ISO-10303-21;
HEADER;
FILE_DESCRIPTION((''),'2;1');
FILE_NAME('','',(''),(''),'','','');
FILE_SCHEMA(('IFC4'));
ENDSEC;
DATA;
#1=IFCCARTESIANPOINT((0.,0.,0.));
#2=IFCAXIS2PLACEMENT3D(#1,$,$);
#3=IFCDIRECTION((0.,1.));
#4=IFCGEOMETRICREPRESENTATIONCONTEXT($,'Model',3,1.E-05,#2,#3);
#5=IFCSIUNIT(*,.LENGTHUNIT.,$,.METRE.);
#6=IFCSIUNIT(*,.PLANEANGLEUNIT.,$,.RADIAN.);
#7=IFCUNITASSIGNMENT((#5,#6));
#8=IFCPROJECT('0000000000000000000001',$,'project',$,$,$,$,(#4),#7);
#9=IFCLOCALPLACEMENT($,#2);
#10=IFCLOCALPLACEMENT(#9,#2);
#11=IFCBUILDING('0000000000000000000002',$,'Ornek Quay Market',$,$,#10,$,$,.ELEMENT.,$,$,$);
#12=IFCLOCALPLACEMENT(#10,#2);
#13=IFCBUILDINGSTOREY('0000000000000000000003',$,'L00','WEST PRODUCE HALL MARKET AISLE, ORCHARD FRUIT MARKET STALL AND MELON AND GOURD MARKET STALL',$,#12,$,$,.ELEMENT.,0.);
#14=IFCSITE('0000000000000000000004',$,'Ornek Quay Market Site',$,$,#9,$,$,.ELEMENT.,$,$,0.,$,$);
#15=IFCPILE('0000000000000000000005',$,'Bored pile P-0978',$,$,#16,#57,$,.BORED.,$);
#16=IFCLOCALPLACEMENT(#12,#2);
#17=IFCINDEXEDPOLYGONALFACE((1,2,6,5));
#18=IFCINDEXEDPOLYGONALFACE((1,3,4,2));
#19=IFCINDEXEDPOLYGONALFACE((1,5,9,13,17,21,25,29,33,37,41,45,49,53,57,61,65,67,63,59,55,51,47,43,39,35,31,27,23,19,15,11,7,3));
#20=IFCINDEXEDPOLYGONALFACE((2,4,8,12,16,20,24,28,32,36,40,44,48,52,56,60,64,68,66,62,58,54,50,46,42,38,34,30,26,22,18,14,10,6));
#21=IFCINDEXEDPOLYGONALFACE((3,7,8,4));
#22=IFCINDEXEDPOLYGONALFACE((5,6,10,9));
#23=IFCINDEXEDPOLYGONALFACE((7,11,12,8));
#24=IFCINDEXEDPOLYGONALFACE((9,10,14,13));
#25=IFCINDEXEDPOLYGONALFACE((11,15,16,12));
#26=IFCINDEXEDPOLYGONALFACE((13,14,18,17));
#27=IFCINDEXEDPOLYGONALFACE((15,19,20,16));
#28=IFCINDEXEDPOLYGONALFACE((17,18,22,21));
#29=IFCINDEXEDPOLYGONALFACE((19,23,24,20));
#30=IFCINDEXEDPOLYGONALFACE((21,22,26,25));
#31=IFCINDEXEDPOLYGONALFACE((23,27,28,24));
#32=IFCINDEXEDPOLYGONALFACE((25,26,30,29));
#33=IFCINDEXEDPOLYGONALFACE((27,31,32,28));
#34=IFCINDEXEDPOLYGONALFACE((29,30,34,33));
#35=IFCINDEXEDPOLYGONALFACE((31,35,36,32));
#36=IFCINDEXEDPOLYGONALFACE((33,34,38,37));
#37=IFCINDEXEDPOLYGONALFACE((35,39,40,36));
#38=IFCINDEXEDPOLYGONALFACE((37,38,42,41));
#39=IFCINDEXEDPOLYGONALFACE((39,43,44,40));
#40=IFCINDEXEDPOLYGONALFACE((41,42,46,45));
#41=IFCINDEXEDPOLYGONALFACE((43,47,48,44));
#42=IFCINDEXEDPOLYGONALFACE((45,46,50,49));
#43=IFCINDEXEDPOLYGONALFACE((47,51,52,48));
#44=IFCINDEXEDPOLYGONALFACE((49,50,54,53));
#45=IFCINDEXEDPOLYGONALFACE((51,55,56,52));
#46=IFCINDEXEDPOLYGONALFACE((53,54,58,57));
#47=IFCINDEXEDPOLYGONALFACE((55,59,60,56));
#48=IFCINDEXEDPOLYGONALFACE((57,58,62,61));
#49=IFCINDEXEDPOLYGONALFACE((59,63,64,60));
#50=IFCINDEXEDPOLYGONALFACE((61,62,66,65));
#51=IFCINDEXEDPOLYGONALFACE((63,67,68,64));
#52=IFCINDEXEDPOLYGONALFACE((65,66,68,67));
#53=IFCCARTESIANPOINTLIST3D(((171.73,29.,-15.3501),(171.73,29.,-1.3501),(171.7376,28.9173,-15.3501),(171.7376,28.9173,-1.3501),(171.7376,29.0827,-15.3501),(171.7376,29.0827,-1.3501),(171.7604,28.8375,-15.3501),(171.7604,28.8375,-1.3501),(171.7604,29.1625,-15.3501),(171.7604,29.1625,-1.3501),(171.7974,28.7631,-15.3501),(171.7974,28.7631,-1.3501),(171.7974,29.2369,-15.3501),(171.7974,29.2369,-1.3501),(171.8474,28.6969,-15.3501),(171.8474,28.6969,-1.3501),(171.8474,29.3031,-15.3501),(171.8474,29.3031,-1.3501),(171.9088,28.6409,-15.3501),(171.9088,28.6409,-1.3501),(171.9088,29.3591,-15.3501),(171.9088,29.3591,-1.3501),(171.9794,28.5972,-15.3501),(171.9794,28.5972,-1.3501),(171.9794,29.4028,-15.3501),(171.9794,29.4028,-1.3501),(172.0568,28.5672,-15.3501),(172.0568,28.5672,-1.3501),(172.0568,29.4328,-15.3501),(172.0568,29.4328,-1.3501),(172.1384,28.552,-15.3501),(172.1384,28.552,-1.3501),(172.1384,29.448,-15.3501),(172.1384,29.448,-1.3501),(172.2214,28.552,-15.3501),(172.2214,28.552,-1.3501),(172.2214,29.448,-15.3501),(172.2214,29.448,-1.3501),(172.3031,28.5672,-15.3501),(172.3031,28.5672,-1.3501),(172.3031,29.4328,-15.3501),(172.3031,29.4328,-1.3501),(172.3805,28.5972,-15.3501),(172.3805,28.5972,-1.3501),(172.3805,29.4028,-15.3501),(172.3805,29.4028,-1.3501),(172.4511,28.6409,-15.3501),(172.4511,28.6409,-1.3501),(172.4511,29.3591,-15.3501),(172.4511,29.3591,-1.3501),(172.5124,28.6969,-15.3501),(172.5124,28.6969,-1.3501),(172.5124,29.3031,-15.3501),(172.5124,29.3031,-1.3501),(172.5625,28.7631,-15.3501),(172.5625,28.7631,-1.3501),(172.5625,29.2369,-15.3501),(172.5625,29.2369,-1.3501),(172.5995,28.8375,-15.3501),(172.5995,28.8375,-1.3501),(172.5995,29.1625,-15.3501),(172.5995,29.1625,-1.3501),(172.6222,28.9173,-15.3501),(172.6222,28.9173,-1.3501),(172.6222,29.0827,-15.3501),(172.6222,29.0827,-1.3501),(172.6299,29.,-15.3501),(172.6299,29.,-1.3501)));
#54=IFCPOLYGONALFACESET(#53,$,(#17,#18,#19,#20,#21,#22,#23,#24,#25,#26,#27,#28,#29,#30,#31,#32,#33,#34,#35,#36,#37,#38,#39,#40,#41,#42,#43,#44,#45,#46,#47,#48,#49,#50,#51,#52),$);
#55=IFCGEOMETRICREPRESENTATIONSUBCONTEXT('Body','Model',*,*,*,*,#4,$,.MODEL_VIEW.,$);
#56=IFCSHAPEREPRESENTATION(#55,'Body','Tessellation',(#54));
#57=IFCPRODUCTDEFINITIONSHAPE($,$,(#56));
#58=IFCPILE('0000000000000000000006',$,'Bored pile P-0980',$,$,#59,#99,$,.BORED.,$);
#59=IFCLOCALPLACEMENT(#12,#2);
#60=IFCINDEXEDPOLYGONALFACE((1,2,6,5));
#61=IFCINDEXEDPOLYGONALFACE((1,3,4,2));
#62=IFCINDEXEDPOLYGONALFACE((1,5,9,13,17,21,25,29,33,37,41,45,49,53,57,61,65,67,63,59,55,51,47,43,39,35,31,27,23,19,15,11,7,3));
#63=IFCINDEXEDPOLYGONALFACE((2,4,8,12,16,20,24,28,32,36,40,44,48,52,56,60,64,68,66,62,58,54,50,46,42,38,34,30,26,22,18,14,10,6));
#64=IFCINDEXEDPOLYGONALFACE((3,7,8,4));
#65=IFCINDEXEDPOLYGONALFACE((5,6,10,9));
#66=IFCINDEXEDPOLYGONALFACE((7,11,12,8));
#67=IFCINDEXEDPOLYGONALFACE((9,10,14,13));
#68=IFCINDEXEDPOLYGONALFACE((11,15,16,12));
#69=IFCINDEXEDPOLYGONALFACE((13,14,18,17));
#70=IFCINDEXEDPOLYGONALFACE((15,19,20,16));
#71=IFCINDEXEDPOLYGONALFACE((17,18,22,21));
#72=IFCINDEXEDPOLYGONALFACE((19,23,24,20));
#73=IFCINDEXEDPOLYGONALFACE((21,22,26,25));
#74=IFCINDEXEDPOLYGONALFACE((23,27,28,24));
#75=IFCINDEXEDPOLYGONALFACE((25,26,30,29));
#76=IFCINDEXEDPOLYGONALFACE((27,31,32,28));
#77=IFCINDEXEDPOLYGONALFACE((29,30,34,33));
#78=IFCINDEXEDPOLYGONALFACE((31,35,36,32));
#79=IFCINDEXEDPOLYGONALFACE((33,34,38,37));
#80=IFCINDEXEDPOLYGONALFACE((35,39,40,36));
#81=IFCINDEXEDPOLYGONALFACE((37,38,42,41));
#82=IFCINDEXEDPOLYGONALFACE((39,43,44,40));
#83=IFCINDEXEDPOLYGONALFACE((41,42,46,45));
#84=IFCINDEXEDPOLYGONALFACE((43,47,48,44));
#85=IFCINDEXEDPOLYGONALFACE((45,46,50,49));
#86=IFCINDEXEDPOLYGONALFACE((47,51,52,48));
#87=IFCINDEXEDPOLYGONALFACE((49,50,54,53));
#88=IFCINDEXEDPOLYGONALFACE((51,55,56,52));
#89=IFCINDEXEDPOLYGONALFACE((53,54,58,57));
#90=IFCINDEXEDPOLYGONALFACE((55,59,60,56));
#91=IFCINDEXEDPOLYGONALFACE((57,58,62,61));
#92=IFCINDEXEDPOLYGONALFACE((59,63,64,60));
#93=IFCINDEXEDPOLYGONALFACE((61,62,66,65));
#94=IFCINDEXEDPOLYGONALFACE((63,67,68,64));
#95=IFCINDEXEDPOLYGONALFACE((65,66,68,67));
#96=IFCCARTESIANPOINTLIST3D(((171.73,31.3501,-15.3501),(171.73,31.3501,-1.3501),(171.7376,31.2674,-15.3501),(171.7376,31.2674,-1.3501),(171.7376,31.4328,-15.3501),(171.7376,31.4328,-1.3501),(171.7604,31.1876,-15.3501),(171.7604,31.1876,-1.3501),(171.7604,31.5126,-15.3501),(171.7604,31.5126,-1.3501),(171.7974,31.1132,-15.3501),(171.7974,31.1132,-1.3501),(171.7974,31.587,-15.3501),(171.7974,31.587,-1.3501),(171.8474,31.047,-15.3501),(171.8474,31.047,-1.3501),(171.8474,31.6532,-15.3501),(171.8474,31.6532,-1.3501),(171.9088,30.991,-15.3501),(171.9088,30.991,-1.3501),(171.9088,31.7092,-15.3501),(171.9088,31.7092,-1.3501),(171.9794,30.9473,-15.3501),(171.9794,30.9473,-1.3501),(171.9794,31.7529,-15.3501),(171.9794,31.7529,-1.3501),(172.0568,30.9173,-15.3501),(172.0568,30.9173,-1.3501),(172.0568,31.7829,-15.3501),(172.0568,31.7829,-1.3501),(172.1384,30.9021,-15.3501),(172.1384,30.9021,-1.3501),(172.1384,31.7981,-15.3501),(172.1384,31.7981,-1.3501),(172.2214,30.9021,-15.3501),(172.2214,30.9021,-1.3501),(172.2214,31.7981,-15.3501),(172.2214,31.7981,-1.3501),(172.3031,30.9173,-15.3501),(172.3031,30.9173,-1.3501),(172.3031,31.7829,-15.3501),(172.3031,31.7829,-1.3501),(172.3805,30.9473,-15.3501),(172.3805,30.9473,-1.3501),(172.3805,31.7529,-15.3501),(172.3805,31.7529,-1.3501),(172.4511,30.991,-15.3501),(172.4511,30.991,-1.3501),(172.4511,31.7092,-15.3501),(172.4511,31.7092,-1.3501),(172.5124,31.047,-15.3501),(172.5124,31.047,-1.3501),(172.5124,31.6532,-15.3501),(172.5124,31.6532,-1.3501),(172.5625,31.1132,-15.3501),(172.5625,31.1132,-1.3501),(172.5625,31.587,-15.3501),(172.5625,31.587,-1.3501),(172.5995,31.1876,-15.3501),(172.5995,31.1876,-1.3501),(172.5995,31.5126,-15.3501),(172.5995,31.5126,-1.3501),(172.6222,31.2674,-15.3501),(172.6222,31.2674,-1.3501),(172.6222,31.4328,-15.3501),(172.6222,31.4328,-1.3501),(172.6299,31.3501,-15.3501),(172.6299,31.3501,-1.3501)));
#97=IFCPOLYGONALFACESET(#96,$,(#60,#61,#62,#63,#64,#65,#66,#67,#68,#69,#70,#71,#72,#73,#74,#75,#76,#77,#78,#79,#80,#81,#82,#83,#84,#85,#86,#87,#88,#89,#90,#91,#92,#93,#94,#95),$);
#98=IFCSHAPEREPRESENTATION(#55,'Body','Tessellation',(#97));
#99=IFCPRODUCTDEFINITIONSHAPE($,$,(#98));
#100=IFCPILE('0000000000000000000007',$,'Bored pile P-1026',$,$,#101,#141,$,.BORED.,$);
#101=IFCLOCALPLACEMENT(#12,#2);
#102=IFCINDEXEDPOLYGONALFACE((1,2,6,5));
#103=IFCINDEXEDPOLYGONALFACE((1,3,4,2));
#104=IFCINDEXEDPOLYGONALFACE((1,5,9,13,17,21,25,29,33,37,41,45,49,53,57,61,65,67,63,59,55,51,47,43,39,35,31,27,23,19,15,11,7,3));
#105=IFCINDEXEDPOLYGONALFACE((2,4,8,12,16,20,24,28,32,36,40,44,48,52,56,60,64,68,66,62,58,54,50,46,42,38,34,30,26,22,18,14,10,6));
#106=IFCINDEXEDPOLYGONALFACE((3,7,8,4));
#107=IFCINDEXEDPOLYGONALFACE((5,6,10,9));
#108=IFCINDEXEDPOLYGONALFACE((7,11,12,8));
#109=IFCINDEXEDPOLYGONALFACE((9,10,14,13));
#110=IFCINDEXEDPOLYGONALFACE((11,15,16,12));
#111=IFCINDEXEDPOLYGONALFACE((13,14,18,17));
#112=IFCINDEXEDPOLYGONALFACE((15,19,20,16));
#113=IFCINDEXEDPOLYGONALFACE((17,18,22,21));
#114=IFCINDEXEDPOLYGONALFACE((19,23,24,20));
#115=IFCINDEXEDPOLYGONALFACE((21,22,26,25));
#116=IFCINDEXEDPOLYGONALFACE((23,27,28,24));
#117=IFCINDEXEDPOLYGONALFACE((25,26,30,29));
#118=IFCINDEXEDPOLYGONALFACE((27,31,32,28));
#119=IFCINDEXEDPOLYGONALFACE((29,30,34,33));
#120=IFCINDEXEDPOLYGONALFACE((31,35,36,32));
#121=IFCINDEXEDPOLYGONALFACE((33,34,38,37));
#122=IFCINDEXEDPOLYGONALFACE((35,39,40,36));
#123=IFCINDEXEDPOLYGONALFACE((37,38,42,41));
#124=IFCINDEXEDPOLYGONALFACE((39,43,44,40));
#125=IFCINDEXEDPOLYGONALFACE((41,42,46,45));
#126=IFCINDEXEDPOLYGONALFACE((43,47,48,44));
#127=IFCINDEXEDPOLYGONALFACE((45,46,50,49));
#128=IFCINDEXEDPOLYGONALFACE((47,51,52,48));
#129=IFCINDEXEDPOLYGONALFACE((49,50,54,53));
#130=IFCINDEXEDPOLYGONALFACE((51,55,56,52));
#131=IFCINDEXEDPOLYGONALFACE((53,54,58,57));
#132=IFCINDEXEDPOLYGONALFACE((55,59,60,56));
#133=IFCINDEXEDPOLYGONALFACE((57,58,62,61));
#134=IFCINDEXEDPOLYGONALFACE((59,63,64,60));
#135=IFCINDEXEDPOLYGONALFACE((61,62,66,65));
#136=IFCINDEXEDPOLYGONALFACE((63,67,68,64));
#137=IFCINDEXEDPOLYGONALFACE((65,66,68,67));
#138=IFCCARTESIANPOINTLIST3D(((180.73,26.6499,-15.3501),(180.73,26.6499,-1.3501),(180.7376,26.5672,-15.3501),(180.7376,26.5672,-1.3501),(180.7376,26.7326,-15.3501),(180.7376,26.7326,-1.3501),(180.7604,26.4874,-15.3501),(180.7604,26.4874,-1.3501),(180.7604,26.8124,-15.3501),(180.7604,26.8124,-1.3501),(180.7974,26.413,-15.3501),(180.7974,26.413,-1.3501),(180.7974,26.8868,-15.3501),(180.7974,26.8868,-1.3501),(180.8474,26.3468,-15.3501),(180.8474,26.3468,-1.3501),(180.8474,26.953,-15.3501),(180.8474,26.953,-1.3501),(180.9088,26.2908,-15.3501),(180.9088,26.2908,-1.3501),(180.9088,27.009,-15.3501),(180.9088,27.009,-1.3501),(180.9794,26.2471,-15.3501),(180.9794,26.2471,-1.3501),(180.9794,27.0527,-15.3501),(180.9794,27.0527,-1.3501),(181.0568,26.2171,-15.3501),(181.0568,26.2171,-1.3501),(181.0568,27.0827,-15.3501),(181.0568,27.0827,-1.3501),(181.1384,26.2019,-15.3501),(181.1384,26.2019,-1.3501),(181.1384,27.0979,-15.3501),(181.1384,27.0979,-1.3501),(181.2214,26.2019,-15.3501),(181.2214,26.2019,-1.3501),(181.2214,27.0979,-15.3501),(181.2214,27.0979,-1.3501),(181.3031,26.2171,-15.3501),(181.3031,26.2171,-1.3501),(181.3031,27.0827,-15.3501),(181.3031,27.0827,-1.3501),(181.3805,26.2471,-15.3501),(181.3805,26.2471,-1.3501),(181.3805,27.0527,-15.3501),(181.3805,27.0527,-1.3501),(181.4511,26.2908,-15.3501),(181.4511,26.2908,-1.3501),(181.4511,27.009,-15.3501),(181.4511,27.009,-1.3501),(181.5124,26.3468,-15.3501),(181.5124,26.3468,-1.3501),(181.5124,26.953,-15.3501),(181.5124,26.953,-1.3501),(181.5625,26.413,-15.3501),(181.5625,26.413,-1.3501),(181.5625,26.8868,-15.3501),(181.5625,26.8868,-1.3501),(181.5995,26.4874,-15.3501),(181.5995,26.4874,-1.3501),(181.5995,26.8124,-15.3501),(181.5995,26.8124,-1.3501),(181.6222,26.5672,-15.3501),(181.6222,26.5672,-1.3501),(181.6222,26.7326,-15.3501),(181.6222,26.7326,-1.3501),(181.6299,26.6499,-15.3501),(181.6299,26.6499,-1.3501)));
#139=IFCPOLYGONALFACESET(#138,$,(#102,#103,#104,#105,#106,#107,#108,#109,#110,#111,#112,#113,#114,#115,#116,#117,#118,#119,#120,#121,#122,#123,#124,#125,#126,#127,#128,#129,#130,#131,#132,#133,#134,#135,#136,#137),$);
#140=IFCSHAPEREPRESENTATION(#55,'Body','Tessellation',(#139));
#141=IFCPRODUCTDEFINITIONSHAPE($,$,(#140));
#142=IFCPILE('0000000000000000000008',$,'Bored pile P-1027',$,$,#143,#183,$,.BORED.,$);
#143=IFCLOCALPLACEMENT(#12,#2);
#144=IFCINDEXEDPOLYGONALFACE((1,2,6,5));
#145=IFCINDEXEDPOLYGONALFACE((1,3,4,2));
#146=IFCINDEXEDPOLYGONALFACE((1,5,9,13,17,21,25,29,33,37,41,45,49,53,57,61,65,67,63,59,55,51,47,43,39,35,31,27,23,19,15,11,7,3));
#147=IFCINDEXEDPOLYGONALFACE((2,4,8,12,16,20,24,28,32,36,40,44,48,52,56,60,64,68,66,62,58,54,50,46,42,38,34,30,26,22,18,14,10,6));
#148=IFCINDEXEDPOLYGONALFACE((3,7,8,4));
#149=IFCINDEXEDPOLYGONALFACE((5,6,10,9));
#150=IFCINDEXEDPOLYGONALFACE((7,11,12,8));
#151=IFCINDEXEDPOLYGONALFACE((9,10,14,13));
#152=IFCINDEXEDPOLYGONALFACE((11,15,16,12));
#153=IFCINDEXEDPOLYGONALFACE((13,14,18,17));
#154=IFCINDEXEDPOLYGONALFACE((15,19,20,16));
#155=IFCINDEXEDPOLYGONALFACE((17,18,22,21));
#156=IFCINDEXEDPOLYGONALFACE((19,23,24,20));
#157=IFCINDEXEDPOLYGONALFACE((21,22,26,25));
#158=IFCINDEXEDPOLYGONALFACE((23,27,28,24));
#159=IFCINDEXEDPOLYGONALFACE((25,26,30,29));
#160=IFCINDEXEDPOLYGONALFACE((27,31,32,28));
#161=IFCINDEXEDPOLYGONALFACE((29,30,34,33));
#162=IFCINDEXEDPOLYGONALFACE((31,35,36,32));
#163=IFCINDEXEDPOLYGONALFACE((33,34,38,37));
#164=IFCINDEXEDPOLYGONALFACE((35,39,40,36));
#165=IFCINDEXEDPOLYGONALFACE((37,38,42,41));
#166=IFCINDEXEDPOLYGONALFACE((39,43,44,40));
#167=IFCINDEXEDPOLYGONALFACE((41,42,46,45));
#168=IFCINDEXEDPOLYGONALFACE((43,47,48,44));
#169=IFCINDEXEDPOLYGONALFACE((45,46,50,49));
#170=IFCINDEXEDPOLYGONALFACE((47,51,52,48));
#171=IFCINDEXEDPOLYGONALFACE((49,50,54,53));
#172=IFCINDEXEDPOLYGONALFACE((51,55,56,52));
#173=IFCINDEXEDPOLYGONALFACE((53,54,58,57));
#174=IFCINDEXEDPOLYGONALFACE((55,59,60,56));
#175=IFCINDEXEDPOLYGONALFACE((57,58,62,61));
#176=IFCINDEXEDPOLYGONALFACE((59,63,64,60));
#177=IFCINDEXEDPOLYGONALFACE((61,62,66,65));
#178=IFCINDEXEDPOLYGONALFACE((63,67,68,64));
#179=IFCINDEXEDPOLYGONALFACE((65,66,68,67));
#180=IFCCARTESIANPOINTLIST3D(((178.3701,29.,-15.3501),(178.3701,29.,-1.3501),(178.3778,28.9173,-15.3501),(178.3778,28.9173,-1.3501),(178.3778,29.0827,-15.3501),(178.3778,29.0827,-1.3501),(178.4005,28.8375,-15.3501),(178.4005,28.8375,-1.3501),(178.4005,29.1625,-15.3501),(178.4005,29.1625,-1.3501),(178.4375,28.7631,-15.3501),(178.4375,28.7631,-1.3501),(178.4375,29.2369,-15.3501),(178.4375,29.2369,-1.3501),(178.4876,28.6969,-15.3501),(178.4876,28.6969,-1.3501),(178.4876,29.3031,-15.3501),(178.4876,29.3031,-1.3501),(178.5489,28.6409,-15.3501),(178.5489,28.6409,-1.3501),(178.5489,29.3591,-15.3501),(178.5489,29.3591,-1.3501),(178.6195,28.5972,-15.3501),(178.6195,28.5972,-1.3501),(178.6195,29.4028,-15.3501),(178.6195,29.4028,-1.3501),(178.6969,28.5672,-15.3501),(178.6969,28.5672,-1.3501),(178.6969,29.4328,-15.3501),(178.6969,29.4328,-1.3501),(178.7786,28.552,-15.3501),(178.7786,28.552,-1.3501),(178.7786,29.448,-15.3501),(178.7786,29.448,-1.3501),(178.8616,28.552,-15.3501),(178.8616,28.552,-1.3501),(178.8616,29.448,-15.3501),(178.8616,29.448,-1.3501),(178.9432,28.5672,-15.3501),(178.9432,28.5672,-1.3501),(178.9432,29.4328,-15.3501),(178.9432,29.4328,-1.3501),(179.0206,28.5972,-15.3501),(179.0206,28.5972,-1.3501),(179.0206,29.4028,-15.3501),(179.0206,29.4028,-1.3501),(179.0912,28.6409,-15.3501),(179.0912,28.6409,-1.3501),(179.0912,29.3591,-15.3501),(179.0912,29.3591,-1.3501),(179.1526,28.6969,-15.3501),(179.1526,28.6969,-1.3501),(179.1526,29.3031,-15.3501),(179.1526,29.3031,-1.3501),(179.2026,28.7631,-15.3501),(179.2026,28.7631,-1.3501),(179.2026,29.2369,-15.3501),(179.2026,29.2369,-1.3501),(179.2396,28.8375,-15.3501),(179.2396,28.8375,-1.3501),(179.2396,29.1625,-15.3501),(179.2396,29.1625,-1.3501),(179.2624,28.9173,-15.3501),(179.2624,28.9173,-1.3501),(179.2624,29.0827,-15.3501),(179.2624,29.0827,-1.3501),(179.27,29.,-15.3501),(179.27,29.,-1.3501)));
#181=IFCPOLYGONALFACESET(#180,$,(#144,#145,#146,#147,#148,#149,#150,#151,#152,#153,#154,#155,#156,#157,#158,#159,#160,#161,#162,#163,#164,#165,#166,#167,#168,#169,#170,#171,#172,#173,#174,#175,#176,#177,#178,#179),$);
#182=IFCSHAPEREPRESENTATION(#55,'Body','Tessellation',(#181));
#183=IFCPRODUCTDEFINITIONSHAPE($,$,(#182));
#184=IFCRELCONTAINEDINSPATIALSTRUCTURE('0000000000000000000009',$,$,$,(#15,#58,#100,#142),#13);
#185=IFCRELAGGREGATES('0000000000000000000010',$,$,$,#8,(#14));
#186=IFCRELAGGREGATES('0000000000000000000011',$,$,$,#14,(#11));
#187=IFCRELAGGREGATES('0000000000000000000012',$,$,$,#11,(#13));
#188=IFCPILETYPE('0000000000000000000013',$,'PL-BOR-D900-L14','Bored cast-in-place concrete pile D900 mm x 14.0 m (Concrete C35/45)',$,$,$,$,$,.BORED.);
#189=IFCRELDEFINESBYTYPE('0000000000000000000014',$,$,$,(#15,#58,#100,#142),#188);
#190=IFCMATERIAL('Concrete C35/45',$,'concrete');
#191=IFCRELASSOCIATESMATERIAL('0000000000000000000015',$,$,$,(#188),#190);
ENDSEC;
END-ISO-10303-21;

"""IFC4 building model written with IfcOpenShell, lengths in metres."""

from ifc_helpers import new_model, si_unit, direction, frame, origin, origin_2d, place, context, subcontext, project, spatial, circle, extrude, material, material_profile, profile_set, type_object, element, save


model = new_model("IFC4")

# Units and contexts
model_context = context("Model", 3, precision=1e-05, world=origin(), true_north=direction((0.0, 1.0)))
body_context = subcontext(model_context, "Body", "Model", "MODEL_VIEW")
ifc_project = project(units=[si_unit("LENGTHUNIT", "METRE"), si_unit("PLANEANGLEUNIT", "RADIAN")], contexts=[model_context])

# Site, building, storey
site_placement = place(None, origin())
site = spatial("IfcSite", under=ifc_project, at=site_placement, Name="Ornek Quay Market Site", CompositionType="ELEMENT", RefElevation=0.0)
building_placement = place(site_placement, origin())
building = spatial("IfcBuilding", under=site, at=building_placement, Name="Ornek Quay Market", CompositionType="ELEMENT")
storey_placement = place(building_placement, origin())
storey = spatial("IfcBuildingStorey", under=building, at=storey_placement, Name="L00", Description="WEST PRODUCE HALL MARKET AISLE, ORCHARD FRUIT MARKET STALL AND MELON AND GOURD MARKET STALL", CompositionType="ELEMENT", Elevation=0.0)

# Piles
ifc_material_1 = material(Name="Concrete C35/45", Category="concrete")
ifc_material_profile_1 = material_profile(ifc_material_1, circle(Radius=0.45, at=origin_2d()), Name="PILE D900", Category="concrete")
ifc_profile_set_1 = profile_set([ifc_material_profile_1], Name="Concrete C35/45")
pile_type = type_object("IfcPileType", Name="PL-BOR-D900-L14", Description="Bored cast-in-place concrete pile D900 mm x 14.0 m (Concrete C35/45)", PredefinedType="BORED", material=ifc_profile_set_1)
for number, where, z_axis, x_axis, name in (
    (1, (172.1799, 29.0, -1.3501), (0.0, 0.0, -1.0), (1.0, 0.0, 0.0), "Bored pile P-0978"),
    (2, (172.1799, 31.3501, -1.3501), (0.0, 0.0, -1.0), (1.0, 0.0, 0.0), "Bored pile P-0980"),
    (3, (181.1799, 26.6499, -1.3501), (0.0, 0.0, -1.0), (1.0, 0.0, 0.0), "Bored pile P-1026"),
    (4, (178.8201, 29.0, -1.3501), (0.0, 0.0, -1.0), (1.0, 0.0, 0.0), "Bored pile P-1027"),
):
    element("IfcPile", number, at=place(storey_placement, frame(where, z_axis=z_axis, x_axis=x_axis)), inside=storey, type_object=pile_type, Name=name, PredefinedType="BORED", context=body_context, shape_type="SweptSolid", body=[
        extrude(circle(Radius=0.45, at=origin_2d()), origin(), (0.0, 0.0, 1.0), 14.0),
    ])

save(model, "model.ifc")
